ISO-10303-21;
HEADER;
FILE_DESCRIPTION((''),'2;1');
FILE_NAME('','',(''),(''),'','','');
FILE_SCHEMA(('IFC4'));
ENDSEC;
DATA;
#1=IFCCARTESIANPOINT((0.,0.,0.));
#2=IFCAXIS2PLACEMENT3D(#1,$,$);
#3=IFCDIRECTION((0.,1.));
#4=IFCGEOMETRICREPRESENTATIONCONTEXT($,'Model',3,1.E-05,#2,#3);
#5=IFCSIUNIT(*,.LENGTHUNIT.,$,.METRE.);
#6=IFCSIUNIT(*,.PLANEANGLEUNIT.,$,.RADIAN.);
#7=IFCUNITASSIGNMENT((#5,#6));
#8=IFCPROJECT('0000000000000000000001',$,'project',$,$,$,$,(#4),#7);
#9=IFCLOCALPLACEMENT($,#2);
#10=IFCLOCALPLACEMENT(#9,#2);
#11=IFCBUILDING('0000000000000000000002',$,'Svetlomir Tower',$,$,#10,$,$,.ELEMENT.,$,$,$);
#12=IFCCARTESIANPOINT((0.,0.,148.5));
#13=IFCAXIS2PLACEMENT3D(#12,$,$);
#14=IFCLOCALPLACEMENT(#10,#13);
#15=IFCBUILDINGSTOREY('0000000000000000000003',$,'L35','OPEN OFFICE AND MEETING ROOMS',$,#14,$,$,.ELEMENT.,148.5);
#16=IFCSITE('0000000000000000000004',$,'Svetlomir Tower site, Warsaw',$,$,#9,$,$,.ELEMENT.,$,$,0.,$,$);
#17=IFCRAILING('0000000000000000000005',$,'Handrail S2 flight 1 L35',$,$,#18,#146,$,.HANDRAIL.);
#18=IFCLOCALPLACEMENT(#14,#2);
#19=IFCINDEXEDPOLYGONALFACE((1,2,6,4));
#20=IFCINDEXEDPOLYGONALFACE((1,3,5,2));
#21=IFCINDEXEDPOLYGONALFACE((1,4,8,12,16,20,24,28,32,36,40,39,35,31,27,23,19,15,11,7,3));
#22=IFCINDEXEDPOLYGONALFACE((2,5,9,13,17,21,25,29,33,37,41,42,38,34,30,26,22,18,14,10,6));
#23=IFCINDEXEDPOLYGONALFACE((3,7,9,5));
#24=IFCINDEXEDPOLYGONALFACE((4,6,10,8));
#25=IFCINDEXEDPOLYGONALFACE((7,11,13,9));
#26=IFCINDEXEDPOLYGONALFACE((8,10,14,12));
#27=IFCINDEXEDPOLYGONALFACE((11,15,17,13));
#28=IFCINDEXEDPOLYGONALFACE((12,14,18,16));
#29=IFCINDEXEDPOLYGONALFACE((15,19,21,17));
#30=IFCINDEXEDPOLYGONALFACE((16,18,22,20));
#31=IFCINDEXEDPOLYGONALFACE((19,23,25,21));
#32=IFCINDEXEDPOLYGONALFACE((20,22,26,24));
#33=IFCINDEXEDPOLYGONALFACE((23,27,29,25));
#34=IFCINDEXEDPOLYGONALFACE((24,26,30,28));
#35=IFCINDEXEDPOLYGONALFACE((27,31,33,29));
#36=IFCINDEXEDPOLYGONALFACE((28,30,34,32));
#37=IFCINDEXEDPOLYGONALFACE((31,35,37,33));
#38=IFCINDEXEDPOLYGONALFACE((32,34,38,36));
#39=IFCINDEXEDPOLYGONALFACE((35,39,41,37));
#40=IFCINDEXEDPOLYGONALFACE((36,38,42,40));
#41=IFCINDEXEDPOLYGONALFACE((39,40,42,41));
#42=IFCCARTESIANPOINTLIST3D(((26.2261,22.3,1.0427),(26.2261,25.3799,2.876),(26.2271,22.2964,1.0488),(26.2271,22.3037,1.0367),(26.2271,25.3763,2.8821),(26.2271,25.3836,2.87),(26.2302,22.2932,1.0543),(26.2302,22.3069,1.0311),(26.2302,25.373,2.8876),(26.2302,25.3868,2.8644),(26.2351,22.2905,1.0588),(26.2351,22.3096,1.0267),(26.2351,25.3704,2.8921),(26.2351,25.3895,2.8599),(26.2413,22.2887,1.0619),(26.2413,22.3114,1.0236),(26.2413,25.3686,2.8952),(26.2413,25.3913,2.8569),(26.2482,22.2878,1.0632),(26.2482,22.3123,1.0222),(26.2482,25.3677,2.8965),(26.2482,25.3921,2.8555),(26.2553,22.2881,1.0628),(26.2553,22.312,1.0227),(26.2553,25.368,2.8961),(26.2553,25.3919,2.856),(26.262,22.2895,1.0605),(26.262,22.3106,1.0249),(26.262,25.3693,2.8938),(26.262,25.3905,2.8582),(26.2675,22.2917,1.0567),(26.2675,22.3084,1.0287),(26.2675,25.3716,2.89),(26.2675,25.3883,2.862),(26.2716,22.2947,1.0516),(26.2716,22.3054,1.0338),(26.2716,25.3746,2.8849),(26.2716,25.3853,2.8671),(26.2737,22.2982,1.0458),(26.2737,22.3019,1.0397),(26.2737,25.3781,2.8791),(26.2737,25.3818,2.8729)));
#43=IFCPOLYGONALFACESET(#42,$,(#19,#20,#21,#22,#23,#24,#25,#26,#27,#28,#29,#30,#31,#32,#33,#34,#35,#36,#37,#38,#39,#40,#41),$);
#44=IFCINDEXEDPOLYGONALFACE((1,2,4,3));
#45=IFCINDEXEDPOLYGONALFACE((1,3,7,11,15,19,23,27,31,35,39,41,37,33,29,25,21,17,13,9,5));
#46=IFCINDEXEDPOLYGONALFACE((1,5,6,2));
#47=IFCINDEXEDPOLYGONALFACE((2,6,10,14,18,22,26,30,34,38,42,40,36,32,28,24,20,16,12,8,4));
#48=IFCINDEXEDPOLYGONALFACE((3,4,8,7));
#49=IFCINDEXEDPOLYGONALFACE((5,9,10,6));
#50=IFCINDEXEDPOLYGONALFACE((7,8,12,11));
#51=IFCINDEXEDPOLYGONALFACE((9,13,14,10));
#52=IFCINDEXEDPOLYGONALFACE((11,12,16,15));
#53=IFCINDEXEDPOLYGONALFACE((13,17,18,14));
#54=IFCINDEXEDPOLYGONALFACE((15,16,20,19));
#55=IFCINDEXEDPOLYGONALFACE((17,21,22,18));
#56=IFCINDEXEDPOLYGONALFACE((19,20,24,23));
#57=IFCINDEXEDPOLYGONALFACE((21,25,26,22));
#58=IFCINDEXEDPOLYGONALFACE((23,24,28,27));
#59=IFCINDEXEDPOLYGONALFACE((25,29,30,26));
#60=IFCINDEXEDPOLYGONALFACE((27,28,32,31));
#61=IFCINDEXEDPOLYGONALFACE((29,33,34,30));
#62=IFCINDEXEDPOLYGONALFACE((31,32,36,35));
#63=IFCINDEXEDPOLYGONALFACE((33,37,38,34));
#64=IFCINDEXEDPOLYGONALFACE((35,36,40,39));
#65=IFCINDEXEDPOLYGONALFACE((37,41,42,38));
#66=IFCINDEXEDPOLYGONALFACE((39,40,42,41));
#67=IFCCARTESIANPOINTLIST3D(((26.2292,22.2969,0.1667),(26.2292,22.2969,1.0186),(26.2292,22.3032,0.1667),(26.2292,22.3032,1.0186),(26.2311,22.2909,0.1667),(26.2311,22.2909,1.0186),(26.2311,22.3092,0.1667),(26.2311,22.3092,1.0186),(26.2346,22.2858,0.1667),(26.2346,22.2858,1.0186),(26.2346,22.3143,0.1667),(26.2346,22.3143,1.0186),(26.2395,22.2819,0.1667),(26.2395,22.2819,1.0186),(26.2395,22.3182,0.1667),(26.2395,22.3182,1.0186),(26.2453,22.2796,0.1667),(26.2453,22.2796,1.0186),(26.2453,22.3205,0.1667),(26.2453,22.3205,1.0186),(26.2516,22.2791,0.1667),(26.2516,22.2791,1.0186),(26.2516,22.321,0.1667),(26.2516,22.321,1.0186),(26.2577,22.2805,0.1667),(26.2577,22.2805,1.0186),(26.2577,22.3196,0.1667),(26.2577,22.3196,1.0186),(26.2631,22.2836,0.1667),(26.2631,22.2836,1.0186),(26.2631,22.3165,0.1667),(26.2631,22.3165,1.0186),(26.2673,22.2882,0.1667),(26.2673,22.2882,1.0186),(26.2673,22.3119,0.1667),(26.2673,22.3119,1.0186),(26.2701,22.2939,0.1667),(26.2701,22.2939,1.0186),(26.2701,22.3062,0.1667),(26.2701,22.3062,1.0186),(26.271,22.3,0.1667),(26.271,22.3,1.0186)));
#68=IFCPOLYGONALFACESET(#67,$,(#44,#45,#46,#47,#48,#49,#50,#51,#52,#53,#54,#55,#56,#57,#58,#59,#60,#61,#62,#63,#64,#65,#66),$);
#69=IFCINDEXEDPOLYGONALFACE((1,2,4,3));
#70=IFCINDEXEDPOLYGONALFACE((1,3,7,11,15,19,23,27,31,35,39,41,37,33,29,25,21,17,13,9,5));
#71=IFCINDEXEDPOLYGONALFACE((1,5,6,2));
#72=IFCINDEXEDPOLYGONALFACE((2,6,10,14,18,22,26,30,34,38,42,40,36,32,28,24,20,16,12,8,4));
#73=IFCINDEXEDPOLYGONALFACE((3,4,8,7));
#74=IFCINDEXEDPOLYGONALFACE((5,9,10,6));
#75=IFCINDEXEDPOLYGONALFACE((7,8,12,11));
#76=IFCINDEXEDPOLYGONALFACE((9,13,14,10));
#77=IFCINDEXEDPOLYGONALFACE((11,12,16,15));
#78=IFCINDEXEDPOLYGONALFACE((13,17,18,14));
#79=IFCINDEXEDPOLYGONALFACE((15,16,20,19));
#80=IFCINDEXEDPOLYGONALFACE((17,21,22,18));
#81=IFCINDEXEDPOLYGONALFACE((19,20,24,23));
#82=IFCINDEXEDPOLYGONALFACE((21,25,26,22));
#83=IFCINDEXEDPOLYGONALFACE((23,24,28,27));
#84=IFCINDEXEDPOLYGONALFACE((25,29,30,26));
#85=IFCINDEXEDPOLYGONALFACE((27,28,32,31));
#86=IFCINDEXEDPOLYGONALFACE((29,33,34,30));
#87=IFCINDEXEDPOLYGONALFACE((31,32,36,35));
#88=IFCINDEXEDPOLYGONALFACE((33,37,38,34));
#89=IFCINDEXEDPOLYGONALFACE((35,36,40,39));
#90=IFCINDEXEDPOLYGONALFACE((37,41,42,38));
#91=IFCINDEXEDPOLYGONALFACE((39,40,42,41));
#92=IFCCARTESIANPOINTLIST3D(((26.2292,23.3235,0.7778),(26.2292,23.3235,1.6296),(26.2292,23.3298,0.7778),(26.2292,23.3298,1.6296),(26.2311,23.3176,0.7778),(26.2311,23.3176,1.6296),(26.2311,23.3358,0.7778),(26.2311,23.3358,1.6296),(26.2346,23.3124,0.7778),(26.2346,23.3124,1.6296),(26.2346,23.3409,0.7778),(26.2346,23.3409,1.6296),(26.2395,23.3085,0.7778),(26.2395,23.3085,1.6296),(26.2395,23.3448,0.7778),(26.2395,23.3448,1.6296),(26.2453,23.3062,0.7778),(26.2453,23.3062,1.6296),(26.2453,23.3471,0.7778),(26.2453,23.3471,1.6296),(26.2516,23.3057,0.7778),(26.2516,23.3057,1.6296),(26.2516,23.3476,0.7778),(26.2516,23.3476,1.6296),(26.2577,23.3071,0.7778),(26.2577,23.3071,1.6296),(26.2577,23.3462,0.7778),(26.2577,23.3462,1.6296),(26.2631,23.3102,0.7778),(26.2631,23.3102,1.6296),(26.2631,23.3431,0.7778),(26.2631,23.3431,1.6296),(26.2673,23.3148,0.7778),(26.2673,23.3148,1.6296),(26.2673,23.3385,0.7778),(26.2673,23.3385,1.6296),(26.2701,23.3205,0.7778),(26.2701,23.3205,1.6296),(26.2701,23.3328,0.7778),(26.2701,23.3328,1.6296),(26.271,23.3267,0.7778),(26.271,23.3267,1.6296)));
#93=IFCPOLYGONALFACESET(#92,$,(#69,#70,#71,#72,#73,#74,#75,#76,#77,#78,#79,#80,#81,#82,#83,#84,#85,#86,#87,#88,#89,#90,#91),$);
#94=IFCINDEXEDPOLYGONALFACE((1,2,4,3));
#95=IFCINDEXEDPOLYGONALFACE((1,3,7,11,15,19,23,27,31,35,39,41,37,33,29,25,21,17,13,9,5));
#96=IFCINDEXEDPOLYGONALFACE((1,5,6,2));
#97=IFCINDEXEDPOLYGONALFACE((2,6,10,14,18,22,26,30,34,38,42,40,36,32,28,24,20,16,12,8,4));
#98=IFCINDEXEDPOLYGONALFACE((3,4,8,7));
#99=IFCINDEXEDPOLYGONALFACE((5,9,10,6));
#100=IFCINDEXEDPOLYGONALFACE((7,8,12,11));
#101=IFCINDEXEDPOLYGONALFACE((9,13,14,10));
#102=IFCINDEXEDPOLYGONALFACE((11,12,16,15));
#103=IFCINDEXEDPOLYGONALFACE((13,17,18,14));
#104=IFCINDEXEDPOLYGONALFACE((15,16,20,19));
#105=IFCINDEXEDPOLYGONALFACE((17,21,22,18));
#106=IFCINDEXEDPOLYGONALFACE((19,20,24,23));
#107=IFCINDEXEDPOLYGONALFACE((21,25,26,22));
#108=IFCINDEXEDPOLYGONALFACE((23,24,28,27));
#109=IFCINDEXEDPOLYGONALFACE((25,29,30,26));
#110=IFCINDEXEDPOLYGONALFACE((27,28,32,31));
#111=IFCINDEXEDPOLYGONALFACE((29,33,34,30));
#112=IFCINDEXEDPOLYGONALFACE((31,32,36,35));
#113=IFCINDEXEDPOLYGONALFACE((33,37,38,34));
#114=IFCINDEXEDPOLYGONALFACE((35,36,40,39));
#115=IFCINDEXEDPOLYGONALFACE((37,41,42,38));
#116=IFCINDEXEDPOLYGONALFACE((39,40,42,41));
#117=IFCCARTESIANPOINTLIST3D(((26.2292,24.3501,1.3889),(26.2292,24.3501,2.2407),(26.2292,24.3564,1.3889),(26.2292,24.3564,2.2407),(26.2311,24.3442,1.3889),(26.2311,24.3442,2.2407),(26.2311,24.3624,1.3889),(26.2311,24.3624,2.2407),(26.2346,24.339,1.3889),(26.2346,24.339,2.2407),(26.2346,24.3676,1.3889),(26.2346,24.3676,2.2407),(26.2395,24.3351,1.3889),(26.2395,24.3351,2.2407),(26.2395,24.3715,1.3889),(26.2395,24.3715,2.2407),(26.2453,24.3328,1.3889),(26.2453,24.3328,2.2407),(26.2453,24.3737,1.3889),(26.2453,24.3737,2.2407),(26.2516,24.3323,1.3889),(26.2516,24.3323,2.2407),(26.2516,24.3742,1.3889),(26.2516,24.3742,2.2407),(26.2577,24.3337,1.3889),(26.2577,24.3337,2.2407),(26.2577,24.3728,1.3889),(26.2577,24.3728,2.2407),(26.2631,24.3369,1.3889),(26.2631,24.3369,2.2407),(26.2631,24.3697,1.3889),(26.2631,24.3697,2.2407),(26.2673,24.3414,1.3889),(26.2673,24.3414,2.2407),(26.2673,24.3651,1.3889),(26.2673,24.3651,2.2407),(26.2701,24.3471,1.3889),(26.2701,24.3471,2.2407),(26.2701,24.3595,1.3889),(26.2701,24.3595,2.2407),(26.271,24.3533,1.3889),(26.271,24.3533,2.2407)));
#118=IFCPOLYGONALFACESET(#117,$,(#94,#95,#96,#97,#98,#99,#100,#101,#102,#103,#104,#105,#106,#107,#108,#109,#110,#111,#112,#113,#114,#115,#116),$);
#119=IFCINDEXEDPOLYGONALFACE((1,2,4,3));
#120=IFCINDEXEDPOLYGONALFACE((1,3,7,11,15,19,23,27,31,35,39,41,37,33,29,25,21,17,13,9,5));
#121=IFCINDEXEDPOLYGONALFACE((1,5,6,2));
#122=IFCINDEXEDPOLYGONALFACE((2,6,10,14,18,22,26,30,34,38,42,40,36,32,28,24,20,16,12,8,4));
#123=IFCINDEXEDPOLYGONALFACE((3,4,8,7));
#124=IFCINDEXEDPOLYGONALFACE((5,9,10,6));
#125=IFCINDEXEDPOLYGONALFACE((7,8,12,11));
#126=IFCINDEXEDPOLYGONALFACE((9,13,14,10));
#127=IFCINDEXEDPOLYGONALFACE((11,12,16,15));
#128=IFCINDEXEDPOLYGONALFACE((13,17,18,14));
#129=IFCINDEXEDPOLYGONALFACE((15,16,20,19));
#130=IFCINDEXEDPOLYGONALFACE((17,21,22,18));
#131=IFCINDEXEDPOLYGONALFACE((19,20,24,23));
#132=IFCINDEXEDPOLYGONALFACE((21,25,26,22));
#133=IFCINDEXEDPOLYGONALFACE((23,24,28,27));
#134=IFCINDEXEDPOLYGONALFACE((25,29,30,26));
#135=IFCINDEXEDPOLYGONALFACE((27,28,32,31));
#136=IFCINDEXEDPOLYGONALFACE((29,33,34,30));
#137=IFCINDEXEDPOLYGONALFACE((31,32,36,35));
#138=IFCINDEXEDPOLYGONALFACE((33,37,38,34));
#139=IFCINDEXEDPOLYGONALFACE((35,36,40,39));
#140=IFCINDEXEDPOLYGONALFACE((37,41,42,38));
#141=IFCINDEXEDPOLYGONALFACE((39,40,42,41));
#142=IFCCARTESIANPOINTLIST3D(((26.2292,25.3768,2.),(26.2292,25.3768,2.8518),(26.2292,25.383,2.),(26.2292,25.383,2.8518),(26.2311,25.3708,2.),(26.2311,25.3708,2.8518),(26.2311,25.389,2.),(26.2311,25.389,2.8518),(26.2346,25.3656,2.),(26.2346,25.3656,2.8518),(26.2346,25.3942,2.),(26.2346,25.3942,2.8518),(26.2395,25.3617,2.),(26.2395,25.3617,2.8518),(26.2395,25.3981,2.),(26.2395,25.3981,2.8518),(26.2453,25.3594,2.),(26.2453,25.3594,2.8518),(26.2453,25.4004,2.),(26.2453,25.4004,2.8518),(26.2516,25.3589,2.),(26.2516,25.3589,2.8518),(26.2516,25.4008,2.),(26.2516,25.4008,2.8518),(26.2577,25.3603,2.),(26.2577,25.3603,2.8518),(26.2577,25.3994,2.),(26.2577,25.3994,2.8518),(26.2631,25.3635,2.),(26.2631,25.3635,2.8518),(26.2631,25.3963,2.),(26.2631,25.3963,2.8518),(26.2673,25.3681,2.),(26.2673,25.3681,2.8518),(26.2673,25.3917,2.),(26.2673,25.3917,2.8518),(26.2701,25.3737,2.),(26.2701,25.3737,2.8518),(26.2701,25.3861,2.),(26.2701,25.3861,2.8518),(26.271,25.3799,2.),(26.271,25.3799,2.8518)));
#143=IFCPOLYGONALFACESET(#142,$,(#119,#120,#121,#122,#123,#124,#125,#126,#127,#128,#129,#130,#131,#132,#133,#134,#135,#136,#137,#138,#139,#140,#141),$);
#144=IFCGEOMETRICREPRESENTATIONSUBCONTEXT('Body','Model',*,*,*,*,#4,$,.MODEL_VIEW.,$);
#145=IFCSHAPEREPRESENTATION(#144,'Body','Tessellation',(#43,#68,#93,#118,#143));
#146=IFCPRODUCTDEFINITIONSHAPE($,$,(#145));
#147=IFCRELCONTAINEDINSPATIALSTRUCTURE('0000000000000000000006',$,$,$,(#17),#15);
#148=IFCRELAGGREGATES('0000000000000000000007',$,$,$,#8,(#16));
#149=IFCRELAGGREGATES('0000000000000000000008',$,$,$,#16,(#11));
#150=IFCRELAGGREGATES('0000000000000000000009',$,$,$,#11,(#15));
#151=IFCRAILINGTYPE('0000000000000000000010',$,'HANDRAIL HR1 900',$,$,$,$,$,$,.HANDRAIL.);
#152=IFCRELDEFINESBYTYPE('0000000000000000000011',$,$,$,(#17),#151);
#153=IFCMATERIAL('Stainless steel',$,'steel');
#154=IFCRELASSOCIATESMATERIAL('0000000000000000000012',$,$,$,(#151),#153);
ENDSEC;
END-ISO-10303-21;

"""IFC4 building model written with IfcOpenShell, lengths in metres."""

from ifc_helpers import new_model, si_unit, direction, frame, origin, origin_2d, place, context, subcontext, project, spatial, circle, extrude, material, type_object, element, save


model = new_model("IFC4")

# Units and contexts
model_context = context("Model", 3, precision=1e-05, world=origin(), true_north=direction((0.0, 1.0)))
body_context = subcontext(model_context, "Body", "Model", "MODEL_VIEW")
ifc_project = project(units=[si_unit("LENGTHUNIT", "METRE"), si_unit("PLANEANGLEUNIT", "RADIAN")], contexts=[model_context])

# Site, building, storey
site_placement = place(None, origin())
site = spatial("IfcSite", under=ifc_project, at=site_placement, Name="Svetlomir Tower site, Warsaw", CompositionType="ELEMENT", RefElevation=0.0)
building_placement = place(site_placement, origin())
building = spatial("IfcBuilding", under=site, at=building_placement, Name="Svetlomir Tower", CompositionType="ELEMENT")
storey_placement = place(building_placement, frame((0.0, 0.0, 148.5)))
storey = spatial("IfcBuildingStorey", under=building, at=storey_placement, Name="L35", Description="OPEN OFFICE AND MEETING ROOMS", CompositionType="ELEMENT", Elevation=148.5)

# Railing
ifc_material_1 = material(Name="Stainless steel", Category="steel")
railing_type = type_object("IfcRailingType", Name="HANDRAIL HR1 900", PredefinedType="HANDRAIL", material=ifc_material_1)
railing_1_placement = place(storey_placement, frame((26.25, 22.3, 0.1667)))
element("IfcRailing", 1, at=railing_1_placement, inside=storey, type_object=railing_type, Name="Handrail S2 flight 1 L35", PredefinedType="HANDRAIL", context=body_context, shape_type="SweptSolid", body=[
    extrude(circle(Radius=0.0239, at=origin_2d()), frame((0.0, 0.0, 0.876), z_axis=(0.0, 0.859291, 0.511487), x_axis=(-1.0, 0.0, 0.0)), (0.0, 0.0, 1.0), 3.5842),
    extrude(circle(Radius=0.021, at=origin_2d()), origin(), (0.0, 0.0, 1.0), 0.8518),
    extrude(circle(Radius=0.021, at=origin_2d()), frame((0.0, 1.0266, 0.6111)), (0.0, 0.0, 1.0), 0.8518),
    extrude(circle(Radius=0.021, at=origin_2d()), frame((0.0, 2.0532, 1.2222)), (0.0, 0.0, 1.0), 0.8518),
    extrude(circle(Radius=0.021, at=origin_2d()), frame((0.0, 3.0798, 1.8333)), (0.0, 0.0, 1.0), 0.8518),
])

save(model, "model.ifc")
